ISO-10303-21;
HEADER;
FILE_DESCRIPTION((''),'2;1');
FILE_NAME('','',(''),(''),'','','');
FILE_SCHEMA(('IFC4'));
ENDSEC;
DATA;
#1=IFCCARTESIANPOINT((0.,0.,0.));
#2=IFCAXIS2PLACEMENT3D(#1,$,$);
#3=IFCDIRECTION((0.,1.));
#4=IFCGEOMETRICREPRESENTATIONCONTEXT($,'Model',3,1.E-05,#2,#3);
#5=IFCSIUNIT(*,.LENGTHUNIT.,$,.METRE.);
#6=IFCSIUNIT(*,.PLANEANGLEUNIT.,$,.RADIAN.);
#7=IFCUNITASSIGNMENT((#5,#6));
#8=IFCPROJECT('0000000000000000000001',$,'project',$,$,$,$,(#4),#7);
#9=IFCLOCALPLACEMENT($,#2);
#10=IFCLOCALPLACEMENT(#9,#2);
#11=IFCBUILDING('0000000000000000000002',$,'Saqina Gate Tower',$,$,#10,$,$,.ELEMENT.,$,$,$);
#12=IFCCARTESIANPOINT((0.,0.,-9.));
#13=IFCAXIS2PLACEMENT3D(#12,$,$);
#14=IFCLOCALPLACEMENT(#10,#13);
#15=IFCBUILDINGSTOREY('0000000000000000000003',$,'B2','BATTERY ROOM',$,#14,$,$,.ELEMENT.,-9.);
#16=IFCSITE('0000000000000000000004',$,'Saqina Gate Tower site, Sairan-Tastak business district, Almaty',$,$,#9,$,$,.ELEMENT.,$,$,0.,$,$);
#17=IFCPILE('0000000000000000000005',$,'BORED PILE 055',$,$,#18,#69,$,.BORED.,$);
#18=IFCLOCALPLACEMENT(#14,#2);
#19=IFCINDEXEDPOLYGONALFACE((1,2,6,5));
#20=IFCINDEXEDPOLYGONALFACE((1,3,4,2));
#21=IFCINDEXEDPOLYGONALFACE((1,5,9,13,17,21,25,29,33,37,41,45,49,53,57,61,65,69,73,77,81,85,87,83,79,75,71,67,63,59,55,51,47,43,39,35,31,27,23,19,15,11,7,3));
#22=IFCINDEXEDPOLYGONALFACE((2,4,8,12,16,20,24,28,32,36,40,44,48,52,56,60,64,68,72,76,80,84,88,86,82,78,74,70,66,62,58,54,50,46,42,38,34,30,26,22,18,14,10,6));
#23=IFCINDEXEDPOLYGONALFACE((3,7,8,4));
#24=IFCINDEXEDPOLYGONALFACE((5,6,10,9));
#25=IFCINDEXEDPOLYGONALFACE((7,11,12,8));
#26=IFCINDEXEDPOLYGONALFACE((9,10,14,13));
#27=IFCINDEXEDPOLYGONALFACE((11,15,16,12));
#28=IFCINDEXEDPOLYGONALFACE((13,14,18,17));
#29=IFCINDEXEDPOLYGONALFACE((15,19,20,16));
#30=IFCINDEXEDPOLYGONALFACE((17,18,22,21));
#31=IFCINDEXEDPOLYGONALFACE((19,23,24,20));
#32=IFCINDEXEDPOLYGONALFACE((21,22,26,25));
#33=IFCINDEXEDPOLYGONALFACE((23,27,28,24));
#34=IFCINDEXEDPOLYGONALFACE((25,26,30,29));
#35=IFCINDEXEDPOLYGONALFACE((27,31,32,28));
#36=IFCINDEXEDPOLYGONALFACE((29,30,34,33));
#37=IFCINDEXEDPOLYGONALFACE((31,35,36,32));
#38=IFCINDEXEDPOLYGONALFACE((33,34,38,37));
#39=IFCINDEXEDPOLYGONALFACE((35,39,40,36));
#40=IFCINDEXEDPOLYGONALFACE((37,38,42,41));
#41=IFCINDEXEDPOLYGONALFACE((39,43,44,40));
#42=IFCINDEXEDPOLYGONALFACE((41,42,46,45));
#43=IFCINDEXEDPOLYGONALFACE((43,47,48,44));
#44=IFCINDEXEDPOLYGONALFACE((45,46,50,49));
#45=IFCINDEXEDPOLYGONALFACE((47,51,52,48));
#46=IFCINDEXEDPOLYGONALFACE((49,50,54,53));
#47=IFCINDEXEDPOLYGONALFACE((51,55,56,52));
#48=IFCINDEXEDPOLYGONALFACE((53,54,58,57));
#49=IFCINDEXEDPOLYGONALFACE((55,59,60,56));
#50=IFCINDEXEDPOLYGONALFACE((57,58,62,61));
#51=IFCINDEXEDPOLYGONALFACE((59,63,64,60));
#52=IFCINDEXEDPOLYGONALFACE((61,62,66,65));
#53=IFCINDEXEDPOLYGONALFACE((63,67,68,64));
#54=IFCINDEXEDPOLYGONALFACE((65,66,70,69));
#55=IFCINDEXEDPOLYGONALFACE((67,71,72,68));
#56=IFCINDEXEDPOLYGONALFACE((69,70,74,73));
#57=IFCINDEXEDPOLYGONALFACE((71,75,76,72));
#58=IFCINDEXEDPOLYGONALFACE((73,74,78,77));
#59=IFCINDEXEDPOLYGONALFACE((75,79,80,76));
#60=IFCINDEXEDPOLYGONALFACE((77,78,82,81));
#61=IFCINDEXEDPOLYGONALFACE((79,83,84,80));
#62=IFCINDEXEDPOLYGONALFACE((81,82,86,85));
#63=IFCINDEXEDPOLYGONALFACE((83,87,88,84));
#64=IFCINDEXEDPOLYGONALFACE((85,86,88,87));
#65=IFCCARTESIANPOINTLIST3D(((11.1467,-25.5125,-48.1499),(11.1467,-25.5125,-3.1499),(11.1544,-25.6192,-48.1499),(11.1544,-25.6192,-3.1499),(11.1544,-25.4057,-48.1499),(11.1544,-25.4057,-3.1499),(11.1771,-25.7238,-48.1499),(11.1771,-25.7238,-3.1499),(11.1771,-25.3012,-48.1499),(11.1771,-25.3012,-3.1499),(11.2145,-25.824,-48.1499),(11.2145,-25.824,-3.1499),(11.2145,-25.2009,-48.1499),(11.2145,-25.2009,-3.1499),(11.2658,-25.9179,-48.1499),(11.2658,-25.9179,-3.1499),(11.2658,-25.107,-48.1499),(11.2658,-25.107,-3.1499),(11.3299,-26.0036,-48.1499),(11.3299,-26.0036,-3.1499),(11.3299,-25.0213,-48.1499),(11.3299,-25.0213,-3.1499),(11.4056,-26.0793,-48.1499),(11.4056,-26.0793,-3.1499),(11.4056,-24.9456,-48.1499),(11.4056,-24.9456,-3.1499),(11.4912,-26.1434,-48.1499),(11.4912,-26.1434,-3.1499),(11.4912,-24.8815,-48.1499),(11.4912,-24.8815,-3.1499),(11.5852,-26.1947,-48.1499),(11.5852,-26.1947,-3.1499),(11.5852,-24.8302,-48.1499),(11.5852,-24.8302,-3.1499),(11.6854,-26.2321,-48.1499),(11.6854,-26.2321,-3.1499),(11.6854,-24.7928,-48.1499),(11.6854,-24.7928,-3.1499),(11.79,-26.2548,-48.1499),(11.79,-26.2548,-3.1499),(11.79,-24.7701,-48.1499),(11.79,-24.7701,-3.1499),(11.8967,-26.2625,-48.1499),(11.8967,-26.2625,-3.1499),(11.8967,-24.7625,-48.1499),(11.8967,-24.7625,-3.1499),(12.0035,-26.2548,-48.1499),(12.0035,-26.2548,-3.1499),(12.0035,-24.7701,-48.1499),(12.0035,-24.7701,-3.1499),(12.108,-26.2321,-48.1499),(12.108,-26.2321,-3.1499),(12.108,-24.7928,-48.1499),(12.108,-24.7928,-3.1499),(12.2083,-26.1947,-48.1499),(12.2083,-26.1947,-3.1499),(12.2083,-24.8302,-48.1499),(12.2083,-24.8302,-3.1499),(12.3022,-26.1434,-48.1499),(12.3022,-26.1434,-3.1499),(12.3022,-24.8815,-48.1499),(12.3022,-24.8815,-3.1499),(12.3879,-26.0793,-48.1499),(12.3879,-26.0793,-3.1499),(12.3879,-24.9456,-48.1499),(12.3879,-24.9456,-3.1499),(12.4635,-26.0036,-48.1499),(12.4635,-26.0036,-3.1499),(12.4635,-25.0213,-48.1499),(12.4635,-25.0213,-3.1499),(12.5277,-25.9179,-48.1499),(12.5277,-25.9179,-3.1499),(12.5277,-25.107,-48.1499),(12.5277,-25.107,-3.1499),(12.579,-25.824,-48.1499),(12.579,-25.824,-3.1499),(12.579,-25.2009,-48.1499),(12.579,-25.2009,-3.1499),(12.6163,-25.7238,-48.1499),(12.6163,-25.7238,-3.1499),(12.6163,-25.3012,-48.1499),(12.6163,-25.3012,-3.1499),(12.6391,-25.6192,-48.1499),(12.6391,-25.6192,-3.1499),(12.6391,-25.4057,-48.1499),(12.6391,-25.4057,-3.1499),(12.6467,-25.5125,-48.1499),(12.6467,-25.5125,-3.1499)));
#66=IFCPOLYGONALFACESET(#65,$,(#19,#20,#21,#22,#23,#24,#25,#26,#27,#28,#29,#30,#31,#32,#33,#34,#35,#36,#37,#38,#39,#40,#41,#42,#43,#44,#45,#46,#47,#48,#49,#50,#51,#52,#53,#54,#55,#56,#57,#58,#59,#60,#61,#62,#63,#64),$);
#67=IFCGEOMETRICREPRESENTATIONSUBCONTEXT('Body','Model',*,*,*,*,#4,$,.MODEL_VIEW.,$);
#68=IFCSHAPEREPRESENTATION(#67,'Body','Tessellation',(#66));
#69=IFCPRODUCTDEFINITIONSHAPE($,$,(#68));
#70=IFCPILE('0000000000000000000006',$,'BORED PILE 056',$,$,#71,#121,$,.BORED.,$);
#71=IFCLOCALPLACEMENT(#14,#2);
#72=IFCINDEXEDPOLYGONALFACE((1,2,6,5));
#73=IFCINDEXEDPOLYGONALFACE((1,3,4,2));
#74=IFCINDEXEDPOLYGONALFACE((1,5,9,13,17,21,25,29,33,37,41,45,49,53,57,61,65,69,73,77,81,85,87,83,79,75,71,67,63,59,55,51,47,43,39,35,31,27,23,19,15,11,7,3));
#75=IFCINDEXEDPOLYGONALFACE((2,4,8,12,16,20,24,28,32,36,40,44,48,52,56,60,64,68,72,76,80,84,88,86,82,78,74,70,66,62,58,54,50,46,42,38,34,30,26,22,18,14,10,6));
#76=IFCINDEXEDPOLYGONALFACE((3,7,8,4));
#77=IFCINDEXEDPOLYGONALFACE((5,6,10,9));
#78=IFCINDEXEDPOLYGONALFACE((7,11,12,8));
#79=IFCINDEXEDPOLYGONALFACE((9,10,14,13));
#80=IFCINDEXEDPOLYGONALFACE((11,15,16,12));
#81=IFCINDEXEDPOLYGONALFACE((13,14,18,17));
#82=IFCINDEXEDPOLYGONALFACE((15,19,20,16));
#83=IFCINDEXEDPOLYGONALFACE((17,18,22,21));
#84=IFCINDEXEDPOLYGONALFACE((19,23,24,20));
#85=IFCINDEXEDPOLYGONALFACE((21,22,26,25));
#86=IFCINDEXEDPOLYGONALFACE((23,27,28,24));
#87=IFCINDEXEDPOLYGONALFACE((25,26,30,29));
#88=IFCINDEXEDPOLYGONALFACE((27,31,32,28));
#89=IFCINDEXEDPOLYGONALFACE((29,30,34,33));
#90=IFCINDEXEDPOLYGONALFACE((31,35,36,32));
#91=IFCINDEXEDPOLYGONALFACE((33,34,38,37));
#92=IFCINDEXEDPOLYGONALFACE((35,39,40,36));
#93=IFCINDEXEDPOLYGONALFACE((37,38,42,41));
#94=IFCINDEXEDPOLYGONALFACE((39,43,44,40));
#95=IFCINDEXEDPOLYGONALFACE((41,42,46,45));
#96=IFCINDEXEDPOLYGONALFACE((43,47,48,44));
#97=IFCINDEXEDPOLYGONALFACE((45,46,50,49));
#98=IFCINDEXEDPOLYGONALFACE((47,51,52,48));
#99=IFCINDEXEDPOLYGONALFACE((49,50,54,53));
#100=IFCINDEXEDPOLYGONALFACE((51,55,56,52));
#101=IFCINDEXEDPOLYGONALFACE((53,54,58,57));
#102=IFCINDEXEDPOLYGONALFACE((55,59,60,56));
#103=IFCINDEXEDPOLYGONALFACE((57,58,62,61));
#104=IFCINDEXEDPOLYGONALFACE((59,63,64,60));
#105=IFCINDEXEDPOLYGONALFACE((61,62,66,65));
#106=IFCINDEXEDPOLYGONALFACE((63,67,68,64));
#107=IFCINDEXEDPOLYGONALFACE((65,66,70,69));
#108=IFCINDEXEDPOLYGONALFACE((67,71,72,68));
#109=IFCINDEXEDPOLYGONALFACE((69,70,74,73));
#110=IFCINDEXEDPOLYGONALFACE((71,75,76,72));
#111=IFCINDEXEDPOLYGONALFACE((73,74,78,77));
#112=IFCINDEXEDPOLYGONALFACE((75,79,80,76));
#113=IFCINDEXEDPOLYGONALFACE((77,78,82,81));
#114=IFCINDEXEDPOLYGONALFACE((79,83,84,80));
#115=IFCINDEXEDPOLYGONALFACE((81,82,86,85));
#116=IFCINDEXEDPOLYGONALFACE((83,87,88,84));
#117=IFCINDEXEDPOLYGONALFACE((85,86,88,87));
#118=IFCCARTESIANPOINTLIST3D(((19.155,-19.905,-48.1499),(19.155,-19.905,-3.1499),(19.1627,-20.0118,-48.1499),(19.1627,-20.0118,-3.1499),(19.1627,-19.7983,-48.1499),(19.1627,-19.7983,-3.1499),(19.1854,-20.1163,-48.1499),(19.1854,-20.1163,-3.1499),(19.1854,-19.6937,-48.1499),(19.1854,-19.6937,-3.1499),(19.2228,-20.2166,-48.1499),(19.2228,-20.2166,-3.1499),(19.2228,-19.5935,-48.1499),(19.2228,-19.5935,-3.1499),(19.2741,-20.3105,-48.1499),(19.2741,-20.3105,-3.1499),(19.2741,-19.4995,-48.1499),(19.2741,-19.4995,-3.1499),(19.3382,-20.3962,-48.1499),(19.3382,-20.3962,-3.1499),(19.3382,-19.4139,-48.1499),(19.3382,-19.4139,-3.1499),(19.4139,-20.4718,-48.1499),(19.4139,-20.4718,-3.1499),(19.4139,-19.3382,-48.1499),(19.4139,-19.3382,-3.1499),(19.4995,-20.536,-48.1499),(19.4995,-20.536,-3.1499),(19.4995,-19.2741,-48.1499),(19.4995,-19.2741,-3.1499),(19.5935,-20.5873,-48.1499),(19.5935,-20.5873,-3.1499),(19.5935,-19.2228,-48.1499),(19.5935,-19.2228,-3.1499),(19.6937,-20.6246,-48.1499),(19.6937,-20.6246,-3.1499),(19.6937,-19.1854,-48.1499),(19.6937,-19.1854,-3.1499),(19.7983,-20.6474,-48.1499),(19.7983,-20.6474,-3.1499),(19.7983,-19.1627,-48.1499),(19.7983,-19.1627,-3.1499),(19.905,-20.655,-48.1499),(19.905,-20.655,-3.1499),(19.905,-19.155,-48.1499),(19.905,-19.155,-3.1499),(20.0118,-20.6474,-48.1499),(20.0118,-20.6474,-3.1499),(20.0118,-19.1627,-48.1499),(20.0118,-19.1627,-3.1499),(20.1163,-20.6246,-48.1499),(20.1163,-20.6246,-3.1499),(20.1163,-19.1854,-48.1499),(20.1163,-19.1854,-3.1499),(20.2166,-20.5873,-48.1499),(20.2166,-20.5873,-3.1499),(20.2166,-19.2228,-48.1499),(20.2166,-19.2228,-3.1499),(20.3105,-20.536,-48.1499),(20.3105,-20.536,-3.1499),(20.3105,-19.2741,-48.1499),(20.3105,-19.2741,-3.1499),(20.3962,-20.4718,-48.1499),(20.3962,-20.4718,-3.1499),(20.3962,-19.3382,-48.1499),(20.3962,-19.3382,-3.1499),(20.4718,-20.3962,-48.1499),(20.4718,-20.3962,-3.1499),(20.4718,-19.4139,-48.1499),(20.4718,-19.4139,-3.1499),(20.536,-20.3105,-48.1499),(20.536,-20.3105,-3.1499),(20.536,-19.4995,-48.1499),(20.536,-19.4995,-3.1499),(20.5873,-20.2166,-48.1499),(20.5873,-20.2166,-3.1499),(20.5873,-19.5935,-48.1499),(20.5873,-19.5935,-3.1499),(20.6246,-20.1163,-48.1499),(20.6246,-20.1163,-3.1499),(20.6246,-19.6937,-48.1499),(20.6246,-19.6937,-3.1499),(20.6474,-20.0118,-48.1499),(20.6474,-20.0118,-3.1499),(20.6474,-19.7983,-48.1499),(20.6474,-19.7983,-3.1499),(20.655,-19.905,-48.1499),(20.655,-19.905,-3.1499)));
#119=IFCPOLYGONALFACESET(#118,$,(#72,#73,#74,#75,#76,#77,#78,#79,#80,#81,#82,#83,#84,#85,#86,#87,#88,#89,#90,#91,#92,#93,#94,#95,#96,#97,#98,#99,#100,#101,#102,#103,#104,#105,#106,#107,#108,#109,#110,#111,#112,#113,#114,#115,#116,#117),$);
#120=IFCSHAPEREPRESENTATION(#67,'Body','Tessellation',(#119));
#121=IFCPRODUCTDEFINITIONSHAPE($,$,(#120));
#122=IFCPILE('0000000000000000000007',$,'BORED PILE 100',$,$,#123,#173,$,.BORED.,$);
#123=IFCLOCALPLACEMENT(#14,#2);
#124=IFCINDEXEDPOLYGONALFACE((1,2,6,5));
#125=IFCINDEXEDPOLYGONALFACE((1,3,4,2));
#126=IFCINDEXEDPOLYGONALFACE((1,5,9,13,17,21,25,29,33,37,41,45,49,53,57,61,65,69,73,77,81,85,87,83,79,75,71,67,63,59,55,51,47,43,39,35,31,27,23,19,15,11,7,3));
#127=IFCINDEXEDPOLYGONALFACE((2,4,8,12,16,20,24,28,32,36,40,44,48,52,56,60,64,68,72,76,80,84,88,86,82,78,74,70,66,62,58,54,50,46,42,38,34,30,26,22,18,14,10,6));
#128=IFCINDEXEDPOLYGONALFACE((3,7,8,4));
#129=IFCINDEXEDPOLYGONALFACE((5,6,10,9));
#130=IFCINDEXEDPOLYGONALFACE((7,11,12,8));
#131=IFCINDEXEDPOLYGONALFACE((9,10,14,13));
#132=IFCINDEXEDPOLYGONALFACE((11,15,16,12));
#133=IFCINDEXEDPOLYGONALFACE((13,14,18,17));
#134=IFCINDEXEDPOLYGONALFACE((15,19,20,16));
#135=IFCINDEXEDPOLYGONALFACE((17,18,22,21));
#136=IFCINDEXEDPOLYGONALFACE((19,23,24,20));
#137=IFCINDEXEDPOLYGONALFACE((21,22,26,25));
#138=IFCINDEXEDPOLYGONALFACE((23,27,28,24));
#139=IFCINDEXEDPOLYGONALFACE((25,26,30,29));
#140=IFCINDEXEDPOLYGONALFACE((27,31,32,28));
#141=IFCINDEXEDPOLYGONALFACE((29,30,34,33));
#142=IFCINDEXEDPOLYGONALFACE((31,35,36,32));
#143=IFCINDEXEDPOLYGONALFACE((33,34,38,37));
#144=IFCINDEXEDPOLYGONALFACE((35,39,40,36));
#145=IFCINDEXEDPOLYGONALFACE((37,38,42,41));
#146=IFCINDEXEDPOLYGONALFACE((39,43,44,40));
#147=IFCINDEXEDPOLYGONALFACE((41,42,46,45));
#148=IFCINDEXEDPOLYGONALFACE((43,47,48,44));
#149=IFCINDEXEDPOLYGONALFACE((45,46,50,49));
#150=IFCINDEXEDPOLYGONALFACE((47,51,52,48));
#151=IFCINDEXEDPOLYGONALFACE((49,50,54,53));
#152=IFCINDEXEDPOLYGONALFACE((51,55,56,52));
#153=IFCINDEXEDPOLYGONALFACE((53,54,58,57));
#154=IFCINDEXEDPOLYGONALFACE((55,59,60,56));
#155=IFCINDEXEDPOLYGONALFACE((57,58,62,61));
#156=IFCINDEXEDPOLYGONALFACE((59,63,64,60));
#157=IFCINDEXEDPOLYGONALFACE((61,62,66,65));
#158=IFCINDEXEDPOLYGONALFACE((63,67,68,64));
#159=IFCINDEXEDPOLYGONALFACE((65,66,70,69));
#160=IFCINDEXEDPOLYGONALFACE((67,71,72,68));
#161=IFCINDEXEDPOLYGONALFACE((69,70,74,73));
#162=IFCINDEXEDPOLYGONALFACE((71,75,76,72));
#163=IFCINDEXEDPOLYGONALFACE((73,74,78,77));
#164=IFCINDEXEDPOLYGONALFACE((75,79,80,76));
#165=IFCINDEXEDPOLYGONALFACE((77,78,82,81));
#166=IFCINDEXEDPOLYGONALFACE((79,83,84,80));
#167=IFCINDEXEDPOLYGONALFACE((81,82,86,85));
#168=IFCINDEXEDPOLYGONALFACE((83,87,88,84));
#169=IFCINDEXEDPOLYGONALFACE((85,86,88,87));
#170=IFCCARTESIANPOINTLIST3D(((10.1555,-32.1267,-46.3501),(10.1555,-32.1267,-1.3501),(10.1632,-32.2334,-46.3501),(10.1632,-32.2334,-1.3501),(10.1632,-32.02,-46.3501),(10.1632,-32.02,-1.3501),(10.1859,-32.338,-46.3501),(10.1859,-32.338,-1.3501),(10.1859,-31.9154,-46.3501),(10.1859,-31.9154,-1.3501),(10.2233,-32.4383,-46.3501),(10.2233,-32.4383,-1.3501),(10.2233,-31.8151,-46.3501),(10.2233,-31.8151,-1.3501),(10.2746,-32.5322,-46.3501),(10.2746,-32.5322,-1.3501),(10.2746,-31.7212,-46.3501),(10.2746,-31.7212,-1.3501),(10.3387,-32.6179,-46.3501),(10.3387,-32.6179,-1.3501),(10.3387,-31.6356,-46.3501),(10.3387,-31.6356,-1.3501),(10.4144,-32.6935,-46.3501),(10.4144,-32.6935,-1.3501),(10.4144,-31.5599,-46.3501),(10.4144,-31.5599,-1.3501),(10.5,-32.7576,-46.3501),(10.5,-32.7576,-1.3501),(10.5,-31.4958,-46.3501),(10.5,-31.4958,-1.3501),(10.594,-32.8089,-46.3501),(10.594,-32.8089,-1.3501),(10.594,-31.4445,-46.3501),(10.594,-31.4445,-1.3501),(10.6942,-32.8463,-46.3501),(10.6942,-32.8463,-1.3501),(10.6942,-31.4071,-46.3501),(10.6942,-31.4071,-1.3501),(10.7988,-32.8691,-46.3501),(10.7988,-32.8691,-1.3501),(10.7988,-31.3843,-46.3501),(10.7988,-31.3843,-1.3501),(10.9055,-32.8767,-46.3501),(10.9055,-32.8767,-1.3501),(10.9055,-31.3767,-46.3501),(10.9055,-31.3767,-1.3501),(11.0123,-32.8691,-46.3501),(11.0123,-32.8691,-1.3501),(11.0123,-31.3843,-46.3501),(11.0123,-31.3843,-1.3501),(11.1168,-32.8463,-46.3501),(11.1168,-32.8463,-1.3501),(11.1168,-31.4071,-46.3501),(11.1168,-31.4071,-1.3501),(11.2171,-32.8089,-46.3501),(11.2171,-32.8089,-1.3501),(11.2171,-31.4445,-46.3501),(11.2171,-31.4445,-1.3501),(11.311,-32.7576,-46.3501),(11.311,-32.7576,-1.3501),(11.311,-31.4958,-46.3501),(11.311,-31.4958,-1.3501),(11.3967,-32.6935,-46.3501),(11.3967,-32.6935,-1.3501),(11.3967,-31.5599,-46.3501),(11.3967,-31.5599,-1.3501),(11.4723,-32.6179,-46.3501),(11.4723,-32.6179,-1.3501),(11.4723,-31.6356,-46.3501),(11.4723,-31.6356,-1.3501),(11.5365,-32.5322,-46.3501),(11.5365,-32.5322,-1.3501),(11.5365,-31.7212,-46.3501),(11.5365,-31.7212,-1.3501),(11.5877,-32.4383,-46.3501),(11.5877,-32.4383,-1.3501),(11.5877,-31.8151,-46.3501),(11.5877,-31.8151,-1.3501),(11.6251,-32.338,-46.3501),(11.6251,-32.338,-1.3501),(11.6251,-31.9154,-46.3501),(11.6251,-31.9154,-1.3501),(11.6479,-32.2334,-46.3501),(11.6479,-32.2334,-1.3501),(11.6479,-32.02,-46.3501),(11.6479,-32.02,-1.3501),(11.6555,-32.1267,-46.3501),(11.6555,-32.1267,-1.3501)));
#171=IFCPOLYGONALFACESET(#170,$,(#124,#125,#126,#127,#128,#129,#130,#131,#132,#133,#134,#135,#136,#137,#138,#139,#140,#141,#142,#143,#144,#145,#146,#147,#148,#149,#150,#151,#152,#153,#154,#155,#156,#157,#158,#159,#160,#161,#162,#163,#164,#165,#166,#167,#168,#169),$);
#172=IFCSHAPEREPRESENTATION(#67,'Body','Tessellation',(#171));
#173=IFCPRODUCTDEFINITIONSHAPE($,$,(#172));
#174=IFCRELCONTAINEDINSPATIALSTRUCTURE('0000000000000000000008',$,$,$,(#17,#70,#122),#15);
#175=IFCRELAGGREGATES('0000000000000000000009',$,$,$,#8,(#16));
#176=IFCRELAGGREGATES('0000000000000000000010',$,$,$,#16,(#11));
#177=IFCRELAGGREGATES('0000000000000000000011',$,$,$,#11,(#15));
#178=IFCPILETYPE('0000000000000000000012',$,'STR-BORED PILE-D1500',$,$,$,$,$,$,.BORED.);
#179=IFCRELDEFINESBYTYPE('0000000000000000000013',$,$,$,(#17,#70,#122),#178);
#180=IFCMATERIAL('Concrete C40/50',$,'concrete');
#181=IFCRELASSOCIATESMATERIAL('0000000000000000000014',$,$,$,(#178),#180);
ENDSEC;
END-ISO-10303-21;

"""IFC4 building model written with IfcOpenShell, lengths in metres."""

from ifc_helpers import new_model, si_unit, direction, frame, origin, origin_2d, place, context, subcontext, project, spatial, circle, extrude, material, material_profile, profile_set, type_object, element, save


model = new_model("IFC4")

# Units and contexts
model_context = context("Model", 3, precision=1e-05, world=origin(), true_north=direction((0.0, 1.0)))
body_context = subcontext(model_context, "Body", "Model", "MODEL_VIEW")
ifc_project = project(units=[si_unit("LENGTHUNIT", "METRE"), si_unit("PLANEANGLEUNIT", "RADIAN")], contexts=[model_context])

# Site, building, storey
site_placement = place(None, origin())
site = spatial("IfcSite", under=ifc_project, at=site_placement, Name="Saqina Gate Tower site, Sairan-Tastak business district, Almaty", CompositionType="ELEMENT", RefElevation=0.0)
building_placement = place(site_placement, origin())
building = spatial("IfcBuilding", under=site, at=building_placement, Name="Saqina Gate Tower", CompositionType="ELEMENT")
storey_placement = place(building_placement, frame((0.0, 0.0, -9.0)))
storey = spatial("IfcBuildingStorey", under=building, at=storey_placement, Name="B2", Description="BATTERY ROOM", CompositionType="ELEMENT", Elevation=-9.0)

# Piles
ifc_material_1 = material(Name="Concrete C40/50", Category="concrete")
ifc_material_profile_1 = material_profile(ifc_material_1, circle(Radius=0.75, at=origin_2d()), Name="RC D1500")
ifc_profile_set_1 = profile_set([ifc_material_profile_1], Name="Concrete C40/50")
pile_type = type_object("IfcPileType", Name="STR-BORED PILE-D1500", PredefinedType="BORED", material=ifc_profile_set_1)
for number, where, z_axis, x_axis, name in (
    (1, (11.8967, -25.5125, -3.1499), (0.0, 0.0, -1.0), (1.0, 0.0, 0.0), "BORED PILE 055"),
    (2, (19.905, -19.905, -3.1499), (0.0, 0.0, -1.0), (1.0, 0.0, 0.0), "BORED PILE 056"),
    (3, (10.9055, -32.1267, -1.3501), (0.0, 0.0, -1.0), (1.0, 0.0, 0.0), "BORED PILE 100"),
):
    element("IfcPile", number, at=place(storey_placement, frame(where, z_axis=z_axis, x_axis=x_axis)), inside=storey, type_object=pile_type, Name=name, PredefinedType="BORED", context=body_context, shape_type="SweptSolid", body=[
        extrude(circle(Radius=0.75, at=origin_2d()), origin(), (0.0, 0.0, 1.0), 45.0),
    ])

save(model, "model.ifc")
